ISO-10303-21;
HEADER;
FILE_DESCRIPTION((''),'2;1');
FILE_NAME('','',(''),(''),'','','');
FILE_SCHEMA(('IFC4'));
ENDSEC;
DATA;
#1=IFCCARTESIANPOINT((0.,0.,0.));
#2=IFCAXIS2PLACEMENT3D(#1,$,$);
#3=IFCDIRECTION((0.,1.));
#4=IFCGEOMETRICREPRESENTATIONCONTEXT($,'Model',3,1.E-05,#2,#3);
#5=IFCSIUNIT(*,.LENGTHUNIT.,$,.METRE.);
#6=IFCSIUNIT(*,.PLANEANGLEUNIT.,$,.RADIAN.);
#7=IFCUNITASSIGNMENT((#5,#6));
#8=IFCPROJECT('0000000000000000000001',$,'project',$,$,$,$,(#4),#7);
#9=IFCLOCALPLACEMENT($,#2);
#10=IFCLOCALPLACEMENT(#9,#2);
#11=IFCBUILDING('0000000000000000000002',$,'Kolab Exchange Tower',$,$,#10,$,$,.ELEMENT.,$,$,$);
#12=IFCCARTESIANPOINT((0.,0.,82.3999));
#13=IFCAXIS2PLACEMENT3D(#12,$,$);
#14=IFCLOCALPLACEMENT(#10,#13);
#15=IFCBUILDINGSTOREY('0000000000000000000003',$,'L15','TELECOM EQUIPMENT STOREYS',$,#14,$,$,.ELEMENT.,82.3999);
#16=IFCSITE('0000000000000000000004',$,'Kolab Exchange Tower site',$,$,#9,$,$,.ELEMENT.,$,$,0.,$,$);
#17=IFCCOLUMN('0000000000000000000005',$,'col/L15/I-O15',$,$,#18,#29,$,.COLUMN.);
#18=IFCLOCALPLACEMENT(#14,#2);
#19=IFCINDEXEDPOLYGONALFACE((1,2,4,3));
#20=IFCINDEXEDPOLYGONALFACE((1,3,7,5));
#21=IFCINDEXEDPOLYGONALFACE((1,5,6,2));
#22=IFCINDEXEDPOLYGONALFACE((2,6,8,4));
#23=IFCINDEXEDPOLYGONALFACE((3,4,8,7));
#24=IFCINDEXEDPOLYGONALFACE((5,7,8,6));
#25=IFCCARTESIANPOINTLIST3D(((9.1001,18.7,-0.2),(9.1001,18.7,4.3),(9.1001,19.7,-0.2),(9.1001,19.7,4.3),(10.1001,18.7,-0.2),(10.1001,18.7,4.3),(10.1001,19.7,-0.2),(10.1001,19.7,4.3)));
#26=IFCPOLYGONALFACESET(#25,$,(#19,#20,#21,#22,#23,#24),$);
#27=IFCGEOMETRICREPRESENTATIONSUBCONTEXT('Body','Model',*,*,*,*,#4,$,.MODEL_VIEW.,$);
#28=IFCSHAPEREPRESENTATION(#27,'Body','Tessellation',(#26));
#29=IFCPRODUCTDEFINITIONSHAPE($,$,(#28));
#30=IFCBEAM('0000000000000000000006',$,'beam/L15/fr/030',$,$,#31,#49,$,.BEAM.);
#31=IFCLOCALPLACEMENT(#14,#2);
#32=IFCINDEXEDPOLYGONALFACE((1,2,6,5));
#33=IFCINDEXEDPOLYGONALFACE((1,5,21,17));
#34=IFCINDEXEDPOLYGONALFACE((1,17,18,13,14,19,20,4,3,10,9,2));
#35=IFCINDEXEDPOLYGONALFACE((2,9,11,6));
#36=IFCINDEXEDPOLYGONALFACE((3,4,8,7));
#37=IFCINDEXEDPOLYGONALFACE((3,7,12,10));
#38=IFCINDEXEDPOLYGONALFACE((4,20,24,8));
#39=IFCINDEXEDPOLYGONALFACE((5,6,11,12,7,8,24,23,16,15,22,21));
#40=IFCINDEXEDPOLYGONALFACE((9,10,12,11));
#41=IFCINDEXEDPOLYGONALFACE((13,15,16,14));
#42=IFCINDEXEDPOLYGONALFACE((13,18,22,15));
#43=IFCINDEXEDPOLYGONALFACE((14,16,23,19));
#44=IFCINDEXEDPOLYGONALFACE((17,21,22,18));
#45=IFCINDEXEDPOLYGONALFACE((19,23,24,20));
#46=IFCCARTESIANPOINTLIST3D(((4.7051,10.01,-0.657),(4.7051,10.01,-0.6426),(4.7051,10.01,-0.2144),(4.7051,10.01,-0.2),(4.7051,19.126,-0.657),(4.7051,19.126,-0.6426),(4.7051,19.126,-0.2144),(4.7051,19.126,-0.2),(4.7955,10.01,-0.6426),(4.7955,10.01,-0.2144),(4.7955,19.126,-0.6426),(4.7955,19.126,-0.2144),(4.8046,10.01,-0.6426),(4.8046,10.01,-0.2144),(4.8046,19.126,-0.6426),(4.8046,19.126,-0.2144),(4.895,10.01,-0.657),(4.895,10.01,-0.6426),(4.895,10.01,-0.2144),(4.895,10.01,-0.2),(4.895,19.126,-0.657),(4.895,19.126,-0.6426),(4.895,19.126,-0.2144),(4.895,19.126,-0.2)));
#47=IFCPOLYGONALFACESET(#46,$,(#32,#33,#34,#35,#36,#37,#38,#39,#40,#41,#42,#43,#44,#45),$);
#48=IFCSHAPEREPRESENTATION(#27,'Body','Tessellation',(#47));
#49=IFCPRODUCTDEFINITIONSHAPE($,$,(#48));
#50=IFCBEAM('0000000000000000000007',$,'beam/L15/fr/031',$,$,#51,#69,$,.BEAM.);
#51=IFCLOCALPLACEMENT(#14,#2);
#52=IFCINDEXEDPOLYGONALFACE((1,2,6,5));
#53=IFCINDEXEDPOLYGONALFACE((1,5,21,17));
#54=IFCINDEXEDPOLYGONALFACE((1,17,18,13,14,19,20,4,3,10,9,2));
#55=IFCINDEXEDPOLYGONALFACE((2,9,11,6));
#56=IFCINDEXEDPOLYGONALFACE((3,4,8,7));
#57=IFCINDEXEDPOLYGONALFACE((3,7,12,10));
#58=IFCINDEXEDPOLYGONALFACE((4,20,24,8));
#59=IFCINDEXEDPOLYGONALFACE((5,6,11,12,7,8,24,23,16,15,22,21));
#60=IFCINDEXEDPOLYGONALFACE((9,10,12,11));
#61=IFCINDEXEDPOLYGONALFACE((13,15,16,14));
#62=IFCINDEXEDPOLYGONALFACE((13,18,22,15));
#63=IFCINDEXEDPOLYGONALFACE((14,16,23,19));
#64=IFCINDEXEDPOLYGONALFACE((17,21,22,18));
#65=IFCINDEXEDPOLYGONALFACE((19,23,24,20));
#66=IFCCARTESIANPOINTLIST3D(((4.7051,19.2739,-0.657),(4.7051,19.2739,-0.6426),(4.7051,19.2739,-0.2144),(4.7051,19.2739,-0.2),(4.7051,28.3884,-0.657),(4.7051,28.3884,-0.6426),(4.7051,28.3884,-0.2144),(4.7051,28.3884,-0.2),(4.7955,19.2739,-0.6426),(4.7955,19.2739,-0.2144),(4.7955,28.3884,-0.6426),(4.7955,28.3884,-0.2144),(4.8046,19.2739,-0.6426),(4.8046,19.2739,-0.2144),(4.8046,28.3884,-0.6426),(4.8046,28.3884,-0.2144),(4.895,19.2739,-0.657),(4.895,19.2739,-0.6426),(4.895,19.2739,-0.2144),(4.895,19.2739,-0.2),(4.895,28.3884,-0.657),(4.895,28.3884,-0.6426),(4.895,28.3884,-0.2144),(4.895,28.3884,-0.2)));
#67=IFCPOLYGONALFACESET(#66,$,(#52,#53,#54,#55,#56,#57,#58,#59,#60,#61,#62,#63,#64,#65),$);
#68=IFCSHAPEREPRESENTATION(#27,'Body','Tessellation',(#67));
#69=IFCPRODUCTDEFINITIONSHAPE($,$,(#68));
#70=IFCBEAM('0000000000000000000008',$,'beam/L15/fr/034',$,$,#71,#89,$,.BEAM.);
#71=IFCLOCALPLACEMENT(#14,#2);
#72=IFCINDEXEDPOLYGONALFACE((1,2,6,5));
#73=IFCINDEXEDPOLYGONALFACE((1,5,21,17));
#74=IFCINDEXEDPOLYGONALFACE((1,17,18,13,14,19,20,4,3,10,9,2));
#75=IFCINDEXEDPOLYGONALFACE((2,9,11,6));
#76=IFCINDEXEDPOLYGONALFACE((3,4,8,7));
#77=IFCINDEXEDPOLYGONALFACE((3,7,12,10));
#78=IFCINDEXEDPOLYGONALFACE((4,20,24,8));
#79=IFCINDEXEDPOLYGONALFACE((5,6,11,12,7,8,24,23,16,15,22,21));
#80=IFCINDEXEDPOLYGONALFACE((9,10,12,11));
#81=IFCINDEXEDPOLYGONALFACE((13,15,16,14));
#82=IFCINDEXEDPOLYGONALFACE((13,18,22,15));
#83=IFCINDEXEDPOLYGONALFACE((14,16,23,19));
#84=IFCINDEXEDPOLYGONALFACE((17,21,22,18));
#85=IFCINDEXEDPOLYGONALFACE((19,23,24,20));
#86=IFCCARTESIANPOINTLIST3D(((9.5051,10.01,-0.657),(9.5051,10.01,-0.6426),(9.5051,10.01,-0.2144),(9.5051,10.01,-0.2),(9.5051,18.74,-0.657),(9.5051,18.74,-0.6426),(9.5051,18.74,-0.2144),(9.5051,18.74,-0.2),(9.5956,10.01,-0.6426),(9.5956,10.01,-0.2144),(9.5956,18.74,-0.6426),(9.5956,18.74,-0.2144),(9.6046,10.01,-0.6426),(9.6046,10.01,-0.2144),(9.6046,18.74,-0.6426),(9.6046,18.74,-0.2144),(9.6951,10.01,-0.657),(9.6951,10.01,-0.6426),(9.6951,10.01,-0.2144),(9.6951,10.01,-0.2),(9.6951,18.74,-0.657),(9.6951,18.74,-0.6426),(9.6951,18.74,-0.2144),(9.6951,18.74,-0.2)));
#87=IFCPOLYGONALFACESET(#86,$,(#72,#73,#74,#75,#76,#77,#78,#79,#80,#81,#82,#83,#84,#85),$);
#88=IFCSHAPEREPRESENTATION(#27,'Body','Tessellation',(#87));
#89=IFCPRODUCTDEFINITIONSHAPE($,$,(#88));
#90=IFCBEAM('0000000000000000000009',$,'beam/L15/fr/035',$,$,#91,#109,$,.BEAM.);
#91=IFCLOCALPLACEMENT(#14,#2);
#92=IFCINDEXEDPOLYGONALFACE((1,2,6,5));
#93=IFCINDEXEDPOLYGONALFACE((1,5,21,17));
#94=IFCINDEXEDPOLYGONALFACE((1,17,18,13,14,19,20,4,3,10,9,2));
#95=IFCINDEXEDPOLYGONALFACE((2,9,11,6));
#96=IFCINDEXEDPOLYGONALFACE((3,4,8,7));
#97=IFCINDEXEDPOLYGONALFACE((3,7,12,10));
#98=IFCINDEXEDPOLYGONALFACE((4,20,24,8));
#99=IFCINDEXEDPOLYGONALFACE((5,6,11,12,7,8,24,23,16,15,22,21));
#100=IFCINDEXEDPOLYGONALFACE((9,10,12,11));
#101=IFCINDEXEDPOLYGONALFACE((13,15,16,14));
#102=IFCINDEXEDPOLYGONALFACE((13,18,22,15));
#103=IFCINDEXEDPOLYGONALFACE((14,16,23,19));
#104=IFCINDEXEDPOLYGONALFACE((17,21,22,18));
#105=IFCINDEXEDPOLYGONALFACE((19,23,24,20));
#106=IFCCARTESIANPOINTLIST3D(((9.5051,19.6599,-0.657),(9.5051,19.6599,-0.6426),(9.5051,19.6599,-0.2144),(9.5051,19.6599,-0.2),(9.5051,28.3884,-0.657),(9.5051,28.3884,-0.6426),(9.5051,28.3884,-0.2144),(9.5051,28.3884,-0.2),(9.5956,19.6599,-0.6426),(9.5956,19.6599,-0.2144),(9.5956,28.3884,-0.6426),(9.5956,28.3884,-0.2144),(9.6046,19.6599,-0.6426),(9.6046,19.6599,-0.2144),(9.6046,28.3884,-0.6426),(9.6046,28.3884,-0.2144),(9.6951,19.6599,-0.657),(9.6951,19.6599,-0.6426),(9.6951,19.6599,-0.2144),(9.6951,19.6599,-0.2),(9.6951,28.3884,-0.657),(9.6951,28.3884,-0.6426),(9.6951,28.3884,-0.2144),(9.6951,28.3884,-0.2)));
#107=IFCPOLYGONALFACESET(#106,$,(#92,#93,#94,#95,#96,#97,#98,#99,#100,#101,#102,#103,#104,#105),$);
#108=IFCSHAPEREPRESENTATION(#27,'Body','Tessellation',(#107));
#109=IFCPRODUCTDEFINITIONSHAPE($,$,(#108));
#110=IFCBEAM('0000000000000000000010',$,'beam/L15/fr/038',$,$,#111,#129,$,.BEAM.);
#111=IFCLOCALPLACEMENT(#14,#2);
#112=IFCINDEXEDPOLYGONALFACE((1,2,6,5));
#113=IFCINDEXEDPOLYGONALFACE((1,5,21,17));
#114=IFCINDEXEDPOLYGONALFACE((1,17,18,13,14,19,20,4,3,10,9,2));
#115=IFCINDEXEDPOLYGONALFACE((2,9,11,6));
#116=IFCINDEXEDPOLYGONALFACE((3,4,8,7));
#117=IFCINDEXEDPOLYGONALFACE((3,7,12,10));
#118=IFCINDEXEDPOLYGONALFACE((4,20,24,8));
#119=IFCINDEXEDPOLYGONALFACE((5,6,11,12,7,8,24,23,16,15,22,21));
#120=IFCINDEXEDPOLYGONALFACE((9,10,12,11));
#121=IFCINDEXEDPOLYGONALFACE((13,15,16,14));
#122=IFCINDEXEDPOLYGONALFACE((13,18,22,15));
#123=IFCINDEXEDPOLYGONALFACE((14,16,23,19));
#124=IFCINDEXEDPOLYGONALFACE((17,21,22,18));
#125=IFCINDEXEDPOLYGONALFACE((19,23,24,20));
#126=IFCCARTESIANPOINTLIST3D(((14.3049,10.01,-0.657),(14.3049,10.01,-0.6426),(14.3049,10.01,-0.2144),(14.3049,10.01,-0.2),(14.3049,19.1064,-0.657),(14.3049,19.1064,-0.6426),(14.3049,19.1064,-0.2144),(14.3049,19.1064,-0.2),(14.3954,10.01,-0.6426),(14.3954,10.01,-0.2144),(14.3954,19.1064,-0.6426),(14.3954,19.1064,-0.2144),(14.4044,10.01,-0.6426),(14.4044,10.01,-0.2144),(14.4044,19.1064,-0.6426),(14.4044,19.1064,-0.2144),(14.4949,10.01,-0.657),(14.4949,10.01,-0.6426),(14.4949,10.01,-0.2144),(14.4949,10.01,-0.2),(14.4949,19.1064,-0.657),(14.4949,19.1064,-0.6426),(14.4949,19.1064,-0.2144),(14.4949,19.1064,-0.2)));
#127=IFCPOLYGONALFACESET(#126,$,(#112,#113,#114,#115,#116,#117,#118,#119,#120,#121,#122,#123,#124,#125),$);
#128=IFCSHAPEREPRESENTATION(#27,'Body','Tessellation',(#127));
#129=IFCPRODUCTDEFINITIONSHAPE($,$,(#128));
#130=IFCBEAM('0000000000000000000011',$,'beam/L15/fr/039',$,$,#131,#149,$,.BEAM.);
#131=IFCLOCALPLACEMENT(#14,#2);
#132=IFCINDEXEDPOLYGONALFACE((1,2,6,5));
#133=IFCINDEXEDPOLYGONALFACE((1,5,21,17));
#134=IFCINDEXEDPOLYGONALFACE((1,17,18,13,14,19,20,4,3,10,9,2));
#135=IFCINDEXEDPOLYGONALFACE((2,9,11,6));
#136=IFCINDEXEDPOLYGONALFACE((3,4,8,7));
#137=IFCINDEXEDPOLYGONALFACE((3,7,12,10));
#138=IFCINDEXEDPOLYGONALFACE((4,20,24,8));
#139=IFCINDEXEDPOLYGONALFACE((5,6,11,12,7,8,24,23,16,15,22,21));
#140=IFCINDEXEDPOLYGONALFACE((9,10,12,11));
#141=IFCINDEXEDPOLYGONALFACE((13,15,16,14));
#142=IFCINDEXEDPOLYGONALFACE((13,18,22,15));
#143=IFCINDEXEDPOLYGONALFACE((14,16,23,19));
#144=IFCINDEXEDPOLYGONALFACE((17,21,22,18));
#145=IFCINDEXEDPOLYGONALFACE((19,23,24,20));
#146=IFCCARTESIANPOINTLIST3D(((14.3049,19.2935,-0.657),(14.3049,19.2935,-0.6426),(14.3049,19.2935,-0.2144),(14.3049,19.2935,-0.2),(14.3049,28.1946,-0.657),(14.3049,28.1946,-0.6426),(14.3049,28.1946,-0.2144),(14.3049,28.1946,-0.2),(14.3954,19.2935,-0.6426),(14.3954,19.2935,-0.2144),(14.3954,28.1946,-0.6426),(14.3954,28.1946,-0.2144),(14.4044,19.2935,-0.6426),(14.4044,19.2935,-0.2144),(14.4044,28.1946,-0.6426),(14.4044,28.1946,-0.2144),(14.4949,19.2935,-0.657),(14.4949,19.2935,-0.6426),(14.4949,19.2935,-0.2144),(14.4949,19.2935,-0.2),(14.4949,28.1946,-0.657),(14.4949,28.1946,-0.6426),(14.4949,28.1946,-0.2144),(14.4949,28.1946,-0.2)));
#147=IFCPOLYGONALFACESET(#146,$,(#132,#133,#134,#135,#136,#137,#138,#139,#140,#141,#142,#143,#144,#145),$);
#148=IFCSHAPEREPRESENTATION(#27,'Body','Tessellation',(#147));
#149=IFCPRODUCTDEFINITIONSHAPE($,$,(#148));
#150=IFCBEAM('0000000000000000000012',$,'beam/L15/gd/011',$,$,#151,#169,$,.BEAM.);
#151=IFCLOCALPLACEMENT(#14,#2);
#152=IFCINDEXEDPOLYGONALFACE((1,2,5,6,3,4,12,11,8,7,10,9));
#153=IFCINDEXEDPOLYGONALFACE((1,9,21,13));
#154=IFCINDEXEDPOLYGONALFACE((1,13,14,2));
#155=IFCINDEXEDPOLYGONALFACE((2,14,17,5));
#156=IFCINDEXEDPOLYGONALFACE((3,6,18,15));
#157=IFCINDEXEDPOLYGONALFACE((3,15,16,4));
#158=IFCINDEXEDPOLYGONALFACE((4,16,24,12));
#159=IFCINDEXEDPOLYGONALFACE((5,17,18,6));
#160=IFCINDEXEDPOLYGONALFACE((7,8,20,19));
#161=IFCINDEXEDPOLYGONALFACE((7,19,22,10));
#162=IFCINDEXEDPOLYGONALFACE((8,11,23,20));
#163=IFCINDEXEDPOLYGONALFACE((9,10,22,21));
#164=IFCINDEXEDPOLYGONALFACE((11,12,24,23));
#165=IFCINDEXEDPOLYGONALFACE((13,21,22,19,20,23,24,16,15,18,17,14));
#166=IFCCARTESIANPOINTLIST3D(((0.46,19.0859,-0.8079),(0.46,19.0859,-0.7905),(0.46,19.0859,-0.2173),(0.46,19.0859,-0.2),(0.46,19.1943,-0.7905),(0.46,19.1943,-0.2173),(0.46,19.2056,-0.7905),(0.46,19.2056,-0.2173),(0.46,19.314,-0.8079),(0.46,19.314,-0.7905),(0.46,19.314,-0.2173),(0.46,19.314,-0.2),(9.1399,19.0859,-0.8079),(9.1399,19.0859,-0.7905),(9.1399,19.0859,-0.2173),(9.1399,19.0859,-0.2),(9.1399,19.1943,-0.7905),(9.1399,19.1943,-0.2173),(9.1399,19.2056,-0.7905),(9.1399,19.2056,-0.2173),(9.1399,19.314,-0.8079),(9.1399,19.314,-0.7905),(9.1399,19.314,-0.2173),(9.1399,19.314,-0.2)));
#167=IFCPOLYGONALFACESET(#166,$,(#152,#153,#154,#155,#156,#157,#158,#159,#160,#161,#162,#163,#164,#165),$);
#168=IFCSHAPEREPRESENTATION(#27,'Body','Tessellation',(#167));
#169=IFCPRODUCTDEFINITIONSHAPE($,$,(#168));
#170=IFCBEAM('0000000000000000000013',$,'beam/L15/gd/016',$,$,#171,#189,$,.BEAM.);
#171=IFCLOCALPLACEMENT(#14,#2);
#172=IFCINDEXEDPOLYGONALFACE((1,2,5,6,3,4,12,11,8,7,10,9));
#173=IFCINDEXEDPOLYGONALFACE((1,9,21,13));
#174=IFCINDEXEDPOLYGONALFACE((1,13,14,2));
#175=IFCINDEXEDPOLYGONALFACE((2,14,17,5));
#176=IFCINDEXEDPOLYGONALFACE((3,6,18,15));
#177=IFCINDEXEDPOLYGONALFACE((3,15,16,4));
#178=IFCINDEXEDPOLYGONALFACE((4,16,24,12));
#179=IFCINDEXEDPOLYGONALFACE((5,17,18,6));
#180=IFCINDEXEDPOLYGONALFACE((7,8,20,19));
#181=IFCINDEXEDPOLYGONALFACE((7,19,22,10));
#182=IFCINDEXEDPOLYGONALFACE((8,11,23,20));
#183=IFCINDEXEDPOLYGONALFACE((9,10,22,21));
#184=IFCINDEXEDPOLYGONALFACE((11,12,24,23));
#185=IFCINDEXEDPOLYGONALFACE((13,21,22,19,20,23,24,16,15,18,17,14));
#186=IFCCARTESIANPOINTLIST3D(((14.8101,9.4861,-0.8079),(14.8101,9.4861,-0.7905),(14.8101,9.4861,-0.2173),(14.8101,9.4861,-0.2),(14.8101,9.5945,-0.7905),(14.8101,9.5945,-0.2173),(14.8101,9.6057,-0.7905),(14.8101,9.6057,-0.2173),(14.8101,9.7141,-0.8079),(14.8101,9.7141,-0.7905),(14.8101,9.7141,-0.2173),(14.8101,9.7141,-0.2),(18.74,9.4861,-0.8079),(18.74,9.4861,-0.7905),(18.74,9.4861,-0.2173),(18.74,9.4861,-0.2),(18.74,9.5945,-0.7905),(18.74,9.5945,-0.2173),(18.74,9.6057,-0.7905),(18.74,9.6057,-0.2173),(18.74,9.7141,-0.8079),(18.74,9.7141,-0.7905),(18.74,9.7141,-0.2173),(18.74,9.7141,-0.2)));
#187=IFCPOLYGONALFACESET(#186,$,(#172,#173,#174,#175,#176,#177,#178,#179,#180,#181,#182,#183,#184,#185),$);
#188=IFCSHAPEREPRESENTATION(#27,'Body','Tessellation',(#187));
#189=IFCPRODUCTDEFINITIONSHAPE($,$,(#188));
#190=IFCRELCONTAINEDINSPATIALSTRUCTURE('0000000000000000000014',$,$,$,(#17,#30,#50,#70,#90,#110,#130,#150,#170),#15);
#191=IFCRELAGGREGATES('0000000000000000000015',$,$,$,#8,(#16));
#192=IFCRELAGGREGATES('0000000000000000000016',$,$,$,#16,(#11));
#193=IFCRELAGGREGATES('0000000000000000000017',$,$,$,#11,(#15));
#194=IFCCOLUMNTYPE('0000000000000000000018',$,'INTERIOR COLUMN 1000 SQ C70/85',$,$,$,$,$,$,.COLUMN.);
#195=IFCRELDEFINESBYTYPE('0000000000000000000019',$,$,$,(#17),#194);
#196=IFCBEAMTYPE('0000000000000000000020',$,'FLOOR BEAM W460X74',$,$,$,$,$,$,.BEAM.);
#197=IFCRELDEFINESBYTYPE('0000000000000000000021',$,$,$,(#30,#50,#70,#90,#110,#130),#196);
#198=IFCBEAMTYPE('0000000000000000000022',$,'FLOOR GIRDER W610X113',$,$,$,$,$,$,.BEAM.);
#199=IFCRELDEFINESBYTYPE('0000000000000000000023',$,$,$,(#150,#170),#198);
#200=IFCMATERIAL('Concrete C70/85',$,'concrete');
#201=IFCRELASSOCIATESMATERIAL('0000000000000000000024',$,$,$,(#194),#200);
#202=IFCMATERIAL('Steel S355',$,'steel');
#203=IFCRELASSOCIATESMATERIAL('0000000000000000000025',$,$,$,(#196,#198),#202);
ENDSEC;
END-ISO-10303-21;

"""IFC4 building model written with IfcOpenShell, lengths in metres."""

from ifc_helpers import new_model, si_unit, direction, frame, origin, origin_2d, place, context, subcontext, project, spatial, rectangle, i_section, extrude, material, material_profile, profile_set, type_object, element, save


model = new_model("IFC4")

# Units and contexts
model_context = context("Model", 3, precision=1e-05, world=origin(), true_north=direction((0.0, 1.0)))
body_context = subcontext(model_context, "Body", "Model", "MODEL_VIEW")
ifc_project = project(units=[si_unit("LENGTHUNIT", "METRE"), si_unit("PLANEANGLEUNIT", "RADIAN")], contexts=[model_context])

# Site, building, storey
site_placement = place(None, origin())
site = spatial("IfcSite", under=ifc_project, at=site_placement, Name="Kolab Exchange Tower site", CompositionType="ELEMENT", RefElevation=0.0)
building_placement = place(site_placement, origin())
building = spatial("IfcBuilding", under=site, at=building_placement, Name="Kolab Exchange Tower", CompositionType="ELEMENT")
storey_placement = place(building_placement, frame((0.0, 0.0, 82.3999)))
storey = spatial("IfcBuildingStorey", under=building, at=storey_placement, Name="L15", Description="TELECOM EQUIPMENT STOREYS", CompositionType="ELEMENT", Elevation=82.3999)

# Column
ifc_material_1 = material(Name="Concrete C70/85", Category="concrete")
ifc_material_profile_1 = material_profile(ifc_material_1, rectangle(XDim=1.0, YDim=1.0, at=origin_2d()), Name="RC1000")
ifc_profile_set_1 = profile_set([ifc_material_profile_1], Name="Concrete C70/85")
column_type = type_object("IfcColumnType", Name="INTERIOR COLUMN 1000 SQ C70/85", PredefinedType="COLUMN", material=ifc_profile_set_1)
column_placement = place(storey_placement, frame((9.6001, 19.2, -0.2), z_axis=(0.0, 0.0, 1.0), x_axis=(1.0, 0.0, 0.0)))
element("IfcColumn", 1, at=column_placement, inside=storey, type_object=column_type, Name="col/L15/I-O15", PredefinedType="COLUMN", context=body_context, shape_type="SweptSolid", body=[
    extrude(rectangle(XDim=1.0, YDim=1.0, at=origin_2d()), origin(), (0.0, 0.0, 1.0), 4.5),
])

# Beams
ifc_material_2 = material(Name="Steel S355", Category="steel")
ifc_material_profile_2 = material_profile(ifc_material_2, i_section(OverallWidth=0.1899, OverallDepth=0.457, WebThickness=0.009, FlangeThickness=0.0144, at=origin_2d()), Name="W460X74")
ifc_profile_set_2 = profile_set([ifc_material_profile_2], Name="Steel S355")
beam_type_1 = type_object("IfcBeamType", Name="FLOOR BEAM W460X74", PredefinedType="BEAM", material=ifc_profile_set_2)
beam_1_placement = place(storey_placement, frame((4.8, 10.01, -0.4285), z_axis=(0.0, 1.0, 0.0), x_axis=(-1.0, 0.0, 0.0)))
element("IfcBeam", 2, at=beam_1_placement, inside=storey, type_object=beam_type_1, Name="beam/L15/fr/030", PredefinedType="BEAM", context=body_context, shape_type="SweptSolid", body=[
    extrude(i_section(OverallWidth=0.1899, OverallDepth=0.457, WebThickness=0.009, FlangeThickness=0.0144, at=origin_2d()), origin(), (0.0, 0.0, 1.0), 9.116),
])
beam_2_placement = place(storey_placement, frame((4.8, 19.2739, -0.4285), z_axis=(0.0, 1.0, 0.0), x_axis=(-1.0, 0.0, 0.0)))
element("IfcBeam", 3, at=beam_2_placement, inside=storey, type_object=beam_type_1, Name="beam/L15/fr/031", PredefinedType="BEAM", context=body_context, shape_type="SweptSolid", body=[
    extrude(i_section(OverallWidth=0.1899, OverallDepth=0.457, WebThickness=0.009, FlangeThickness=0.0144, at=origin_2d()), origin(), (0.0, 0.0, 1.0), 9.1145),
])
beam_3_placement = place(storey_placement, frame((9.6001, 10.01, -0.4285), z_axis=(0.0, 1.0, 0.0), x_axis=(-1.0, 0.0, 0.0)))
element("IfcBeam", 4, at=beam_3_placement, inside=storey, type_object=beam_type_1, Name="beam/L15/fr/034", PredefinedType="BEAM", context=body_context, shape_type="SweptSolid", body=[
    extrude(i_section(OverallWidth=0.1899, OverallDepth=0.457, WebThickness=0.009, FlangeThickness=0.0144, at=origin_2d()), origin(), (0.0, 0.0, 1.0), 8.73),
])
beam_4_placement = place(storey_placement, frame((9.6001, 19.6599, -0.4285), z_axis=(0.0, 1.0, 0.0), x_axis=(-1.0, 0.0, 0.0)))
element("IfcBeam", 5, at=beam_4_placement, inside=storey, type_object=beam_type_1, Name="beam/L15/fr/035", PredefinedType="BEAM", context=body_context, shape_type="SweptSolid", body=[
    extrude(i_section(OverallWidth=0.1899, OverallDepth=0.457, WebThickness=0.009, FlangeThickness=0.0144, at=origin_2d()), origin(), (0.0, 0.0, 1.0), 8.7285),
])
beam_5_placement = place(storey_placement, frame((14.3999, 10.01, -0.4285), z_axis=(0.0, 1.0, 0.0), x_axis=(-1.0, 0.0, 0.0)))
element("IfcBeam", 6, at=beam_5_placement, inside=storey, type_object=beam_type_1, Name="beam/L15/fr/038", PredefinedType="BEAM", context=body_context, shape_type="SweptSolid", body=[
    extrude(i_section(OverallWidth=0.1899, OverallDepth=0.457, WebThickness=0.009, FlangeThickness=0.0144, at=origin_2d()), origin(), (0.0, 0.0, 1.0), 9.0964),
])
beam_6_placement = place(storey_placement, frame((14.3999, 19.2935, -0.4285), z_axis=(0.0, 1.0, 0.0), x_axis=(-1.0, 0.0, 0.0)))
element("IfcBeam", 7, at=beam_6_placement, inside=storey, type_object=beam_type_1, Name="beam/L15/fr/039", PredefinedType="BEAM", context=body_context, shape_type="SweptSolid", body=[
    extrude(i_section(OverallWidth=0.1899, OverallDepth=0.457, WebThickness=0.009, FlangeThickness=0.0144, at=origin_2d()), origin(), (0.0, 0.0, 1.0), 8.9011),
])
ifc_material_profile_3 = material_profile(ifc_material_2, i_section(OverallWidth=0.228, OverallDepth=0.6079, WebThickness=0.0112, FlangeThickness=0.0173, at=origin_2d()), Name="W610X113")
ifc_profile_set_3 = profile_set([ifc_material_profile_3], Name="Steel S355")
beam_type_2 = type_object("IfcBeamType", Name="FLOOR GIRDER W610X113", PredefinedType="BEAM", material=ifc_profile_set_3)
beam_7_placement = place(storey_placement, frame((0.46, 19.2, -0.5039), z_axis=(1.0, 0.0, 0.0), x_axis=(0.0, 1.0, 0.0)))
element("IfcBeam", 8, at=beam_7_placement, inside=storey, type_object=beam_type_2, Name="beam/L15/gd/011", PredefinedType="BEAM", context=body_context, shape_type="SweptSolid", body=[
    extrude(i_section(OverallWidth=0.228, OverallDepth=0.6079, WebThickness=0.0112, FlangeThickness=0.0173, at=origin_2d()), origin(), (0.0, 0.0, 1.0), 8.6799),
])
beam_8_placement = place(storey_placement, frame((14.8101, 9.6001, -0.5039), z_axis=(1.0, 0.0, 0.0), x_axis=(0.0, 1.0, 0.0)))
element("IfcBeam", 9, at=beam_8_placement, inside=storey, type_object=beam_type_2, Name="beam/L15/gd/016", PredefinedType="BEAM", context=body_context, shape_type="SweptSolid", body=[
    extrude(i_section(OverallWidth=0.228, OverallDepth=0.6079, WebThickness=0.0112, FlangeThickness=0.0173, at=origin_2d()), origin(), (0.0, 0.0, 1.0), 3.9299),
])

save(model, "model.ifc")
